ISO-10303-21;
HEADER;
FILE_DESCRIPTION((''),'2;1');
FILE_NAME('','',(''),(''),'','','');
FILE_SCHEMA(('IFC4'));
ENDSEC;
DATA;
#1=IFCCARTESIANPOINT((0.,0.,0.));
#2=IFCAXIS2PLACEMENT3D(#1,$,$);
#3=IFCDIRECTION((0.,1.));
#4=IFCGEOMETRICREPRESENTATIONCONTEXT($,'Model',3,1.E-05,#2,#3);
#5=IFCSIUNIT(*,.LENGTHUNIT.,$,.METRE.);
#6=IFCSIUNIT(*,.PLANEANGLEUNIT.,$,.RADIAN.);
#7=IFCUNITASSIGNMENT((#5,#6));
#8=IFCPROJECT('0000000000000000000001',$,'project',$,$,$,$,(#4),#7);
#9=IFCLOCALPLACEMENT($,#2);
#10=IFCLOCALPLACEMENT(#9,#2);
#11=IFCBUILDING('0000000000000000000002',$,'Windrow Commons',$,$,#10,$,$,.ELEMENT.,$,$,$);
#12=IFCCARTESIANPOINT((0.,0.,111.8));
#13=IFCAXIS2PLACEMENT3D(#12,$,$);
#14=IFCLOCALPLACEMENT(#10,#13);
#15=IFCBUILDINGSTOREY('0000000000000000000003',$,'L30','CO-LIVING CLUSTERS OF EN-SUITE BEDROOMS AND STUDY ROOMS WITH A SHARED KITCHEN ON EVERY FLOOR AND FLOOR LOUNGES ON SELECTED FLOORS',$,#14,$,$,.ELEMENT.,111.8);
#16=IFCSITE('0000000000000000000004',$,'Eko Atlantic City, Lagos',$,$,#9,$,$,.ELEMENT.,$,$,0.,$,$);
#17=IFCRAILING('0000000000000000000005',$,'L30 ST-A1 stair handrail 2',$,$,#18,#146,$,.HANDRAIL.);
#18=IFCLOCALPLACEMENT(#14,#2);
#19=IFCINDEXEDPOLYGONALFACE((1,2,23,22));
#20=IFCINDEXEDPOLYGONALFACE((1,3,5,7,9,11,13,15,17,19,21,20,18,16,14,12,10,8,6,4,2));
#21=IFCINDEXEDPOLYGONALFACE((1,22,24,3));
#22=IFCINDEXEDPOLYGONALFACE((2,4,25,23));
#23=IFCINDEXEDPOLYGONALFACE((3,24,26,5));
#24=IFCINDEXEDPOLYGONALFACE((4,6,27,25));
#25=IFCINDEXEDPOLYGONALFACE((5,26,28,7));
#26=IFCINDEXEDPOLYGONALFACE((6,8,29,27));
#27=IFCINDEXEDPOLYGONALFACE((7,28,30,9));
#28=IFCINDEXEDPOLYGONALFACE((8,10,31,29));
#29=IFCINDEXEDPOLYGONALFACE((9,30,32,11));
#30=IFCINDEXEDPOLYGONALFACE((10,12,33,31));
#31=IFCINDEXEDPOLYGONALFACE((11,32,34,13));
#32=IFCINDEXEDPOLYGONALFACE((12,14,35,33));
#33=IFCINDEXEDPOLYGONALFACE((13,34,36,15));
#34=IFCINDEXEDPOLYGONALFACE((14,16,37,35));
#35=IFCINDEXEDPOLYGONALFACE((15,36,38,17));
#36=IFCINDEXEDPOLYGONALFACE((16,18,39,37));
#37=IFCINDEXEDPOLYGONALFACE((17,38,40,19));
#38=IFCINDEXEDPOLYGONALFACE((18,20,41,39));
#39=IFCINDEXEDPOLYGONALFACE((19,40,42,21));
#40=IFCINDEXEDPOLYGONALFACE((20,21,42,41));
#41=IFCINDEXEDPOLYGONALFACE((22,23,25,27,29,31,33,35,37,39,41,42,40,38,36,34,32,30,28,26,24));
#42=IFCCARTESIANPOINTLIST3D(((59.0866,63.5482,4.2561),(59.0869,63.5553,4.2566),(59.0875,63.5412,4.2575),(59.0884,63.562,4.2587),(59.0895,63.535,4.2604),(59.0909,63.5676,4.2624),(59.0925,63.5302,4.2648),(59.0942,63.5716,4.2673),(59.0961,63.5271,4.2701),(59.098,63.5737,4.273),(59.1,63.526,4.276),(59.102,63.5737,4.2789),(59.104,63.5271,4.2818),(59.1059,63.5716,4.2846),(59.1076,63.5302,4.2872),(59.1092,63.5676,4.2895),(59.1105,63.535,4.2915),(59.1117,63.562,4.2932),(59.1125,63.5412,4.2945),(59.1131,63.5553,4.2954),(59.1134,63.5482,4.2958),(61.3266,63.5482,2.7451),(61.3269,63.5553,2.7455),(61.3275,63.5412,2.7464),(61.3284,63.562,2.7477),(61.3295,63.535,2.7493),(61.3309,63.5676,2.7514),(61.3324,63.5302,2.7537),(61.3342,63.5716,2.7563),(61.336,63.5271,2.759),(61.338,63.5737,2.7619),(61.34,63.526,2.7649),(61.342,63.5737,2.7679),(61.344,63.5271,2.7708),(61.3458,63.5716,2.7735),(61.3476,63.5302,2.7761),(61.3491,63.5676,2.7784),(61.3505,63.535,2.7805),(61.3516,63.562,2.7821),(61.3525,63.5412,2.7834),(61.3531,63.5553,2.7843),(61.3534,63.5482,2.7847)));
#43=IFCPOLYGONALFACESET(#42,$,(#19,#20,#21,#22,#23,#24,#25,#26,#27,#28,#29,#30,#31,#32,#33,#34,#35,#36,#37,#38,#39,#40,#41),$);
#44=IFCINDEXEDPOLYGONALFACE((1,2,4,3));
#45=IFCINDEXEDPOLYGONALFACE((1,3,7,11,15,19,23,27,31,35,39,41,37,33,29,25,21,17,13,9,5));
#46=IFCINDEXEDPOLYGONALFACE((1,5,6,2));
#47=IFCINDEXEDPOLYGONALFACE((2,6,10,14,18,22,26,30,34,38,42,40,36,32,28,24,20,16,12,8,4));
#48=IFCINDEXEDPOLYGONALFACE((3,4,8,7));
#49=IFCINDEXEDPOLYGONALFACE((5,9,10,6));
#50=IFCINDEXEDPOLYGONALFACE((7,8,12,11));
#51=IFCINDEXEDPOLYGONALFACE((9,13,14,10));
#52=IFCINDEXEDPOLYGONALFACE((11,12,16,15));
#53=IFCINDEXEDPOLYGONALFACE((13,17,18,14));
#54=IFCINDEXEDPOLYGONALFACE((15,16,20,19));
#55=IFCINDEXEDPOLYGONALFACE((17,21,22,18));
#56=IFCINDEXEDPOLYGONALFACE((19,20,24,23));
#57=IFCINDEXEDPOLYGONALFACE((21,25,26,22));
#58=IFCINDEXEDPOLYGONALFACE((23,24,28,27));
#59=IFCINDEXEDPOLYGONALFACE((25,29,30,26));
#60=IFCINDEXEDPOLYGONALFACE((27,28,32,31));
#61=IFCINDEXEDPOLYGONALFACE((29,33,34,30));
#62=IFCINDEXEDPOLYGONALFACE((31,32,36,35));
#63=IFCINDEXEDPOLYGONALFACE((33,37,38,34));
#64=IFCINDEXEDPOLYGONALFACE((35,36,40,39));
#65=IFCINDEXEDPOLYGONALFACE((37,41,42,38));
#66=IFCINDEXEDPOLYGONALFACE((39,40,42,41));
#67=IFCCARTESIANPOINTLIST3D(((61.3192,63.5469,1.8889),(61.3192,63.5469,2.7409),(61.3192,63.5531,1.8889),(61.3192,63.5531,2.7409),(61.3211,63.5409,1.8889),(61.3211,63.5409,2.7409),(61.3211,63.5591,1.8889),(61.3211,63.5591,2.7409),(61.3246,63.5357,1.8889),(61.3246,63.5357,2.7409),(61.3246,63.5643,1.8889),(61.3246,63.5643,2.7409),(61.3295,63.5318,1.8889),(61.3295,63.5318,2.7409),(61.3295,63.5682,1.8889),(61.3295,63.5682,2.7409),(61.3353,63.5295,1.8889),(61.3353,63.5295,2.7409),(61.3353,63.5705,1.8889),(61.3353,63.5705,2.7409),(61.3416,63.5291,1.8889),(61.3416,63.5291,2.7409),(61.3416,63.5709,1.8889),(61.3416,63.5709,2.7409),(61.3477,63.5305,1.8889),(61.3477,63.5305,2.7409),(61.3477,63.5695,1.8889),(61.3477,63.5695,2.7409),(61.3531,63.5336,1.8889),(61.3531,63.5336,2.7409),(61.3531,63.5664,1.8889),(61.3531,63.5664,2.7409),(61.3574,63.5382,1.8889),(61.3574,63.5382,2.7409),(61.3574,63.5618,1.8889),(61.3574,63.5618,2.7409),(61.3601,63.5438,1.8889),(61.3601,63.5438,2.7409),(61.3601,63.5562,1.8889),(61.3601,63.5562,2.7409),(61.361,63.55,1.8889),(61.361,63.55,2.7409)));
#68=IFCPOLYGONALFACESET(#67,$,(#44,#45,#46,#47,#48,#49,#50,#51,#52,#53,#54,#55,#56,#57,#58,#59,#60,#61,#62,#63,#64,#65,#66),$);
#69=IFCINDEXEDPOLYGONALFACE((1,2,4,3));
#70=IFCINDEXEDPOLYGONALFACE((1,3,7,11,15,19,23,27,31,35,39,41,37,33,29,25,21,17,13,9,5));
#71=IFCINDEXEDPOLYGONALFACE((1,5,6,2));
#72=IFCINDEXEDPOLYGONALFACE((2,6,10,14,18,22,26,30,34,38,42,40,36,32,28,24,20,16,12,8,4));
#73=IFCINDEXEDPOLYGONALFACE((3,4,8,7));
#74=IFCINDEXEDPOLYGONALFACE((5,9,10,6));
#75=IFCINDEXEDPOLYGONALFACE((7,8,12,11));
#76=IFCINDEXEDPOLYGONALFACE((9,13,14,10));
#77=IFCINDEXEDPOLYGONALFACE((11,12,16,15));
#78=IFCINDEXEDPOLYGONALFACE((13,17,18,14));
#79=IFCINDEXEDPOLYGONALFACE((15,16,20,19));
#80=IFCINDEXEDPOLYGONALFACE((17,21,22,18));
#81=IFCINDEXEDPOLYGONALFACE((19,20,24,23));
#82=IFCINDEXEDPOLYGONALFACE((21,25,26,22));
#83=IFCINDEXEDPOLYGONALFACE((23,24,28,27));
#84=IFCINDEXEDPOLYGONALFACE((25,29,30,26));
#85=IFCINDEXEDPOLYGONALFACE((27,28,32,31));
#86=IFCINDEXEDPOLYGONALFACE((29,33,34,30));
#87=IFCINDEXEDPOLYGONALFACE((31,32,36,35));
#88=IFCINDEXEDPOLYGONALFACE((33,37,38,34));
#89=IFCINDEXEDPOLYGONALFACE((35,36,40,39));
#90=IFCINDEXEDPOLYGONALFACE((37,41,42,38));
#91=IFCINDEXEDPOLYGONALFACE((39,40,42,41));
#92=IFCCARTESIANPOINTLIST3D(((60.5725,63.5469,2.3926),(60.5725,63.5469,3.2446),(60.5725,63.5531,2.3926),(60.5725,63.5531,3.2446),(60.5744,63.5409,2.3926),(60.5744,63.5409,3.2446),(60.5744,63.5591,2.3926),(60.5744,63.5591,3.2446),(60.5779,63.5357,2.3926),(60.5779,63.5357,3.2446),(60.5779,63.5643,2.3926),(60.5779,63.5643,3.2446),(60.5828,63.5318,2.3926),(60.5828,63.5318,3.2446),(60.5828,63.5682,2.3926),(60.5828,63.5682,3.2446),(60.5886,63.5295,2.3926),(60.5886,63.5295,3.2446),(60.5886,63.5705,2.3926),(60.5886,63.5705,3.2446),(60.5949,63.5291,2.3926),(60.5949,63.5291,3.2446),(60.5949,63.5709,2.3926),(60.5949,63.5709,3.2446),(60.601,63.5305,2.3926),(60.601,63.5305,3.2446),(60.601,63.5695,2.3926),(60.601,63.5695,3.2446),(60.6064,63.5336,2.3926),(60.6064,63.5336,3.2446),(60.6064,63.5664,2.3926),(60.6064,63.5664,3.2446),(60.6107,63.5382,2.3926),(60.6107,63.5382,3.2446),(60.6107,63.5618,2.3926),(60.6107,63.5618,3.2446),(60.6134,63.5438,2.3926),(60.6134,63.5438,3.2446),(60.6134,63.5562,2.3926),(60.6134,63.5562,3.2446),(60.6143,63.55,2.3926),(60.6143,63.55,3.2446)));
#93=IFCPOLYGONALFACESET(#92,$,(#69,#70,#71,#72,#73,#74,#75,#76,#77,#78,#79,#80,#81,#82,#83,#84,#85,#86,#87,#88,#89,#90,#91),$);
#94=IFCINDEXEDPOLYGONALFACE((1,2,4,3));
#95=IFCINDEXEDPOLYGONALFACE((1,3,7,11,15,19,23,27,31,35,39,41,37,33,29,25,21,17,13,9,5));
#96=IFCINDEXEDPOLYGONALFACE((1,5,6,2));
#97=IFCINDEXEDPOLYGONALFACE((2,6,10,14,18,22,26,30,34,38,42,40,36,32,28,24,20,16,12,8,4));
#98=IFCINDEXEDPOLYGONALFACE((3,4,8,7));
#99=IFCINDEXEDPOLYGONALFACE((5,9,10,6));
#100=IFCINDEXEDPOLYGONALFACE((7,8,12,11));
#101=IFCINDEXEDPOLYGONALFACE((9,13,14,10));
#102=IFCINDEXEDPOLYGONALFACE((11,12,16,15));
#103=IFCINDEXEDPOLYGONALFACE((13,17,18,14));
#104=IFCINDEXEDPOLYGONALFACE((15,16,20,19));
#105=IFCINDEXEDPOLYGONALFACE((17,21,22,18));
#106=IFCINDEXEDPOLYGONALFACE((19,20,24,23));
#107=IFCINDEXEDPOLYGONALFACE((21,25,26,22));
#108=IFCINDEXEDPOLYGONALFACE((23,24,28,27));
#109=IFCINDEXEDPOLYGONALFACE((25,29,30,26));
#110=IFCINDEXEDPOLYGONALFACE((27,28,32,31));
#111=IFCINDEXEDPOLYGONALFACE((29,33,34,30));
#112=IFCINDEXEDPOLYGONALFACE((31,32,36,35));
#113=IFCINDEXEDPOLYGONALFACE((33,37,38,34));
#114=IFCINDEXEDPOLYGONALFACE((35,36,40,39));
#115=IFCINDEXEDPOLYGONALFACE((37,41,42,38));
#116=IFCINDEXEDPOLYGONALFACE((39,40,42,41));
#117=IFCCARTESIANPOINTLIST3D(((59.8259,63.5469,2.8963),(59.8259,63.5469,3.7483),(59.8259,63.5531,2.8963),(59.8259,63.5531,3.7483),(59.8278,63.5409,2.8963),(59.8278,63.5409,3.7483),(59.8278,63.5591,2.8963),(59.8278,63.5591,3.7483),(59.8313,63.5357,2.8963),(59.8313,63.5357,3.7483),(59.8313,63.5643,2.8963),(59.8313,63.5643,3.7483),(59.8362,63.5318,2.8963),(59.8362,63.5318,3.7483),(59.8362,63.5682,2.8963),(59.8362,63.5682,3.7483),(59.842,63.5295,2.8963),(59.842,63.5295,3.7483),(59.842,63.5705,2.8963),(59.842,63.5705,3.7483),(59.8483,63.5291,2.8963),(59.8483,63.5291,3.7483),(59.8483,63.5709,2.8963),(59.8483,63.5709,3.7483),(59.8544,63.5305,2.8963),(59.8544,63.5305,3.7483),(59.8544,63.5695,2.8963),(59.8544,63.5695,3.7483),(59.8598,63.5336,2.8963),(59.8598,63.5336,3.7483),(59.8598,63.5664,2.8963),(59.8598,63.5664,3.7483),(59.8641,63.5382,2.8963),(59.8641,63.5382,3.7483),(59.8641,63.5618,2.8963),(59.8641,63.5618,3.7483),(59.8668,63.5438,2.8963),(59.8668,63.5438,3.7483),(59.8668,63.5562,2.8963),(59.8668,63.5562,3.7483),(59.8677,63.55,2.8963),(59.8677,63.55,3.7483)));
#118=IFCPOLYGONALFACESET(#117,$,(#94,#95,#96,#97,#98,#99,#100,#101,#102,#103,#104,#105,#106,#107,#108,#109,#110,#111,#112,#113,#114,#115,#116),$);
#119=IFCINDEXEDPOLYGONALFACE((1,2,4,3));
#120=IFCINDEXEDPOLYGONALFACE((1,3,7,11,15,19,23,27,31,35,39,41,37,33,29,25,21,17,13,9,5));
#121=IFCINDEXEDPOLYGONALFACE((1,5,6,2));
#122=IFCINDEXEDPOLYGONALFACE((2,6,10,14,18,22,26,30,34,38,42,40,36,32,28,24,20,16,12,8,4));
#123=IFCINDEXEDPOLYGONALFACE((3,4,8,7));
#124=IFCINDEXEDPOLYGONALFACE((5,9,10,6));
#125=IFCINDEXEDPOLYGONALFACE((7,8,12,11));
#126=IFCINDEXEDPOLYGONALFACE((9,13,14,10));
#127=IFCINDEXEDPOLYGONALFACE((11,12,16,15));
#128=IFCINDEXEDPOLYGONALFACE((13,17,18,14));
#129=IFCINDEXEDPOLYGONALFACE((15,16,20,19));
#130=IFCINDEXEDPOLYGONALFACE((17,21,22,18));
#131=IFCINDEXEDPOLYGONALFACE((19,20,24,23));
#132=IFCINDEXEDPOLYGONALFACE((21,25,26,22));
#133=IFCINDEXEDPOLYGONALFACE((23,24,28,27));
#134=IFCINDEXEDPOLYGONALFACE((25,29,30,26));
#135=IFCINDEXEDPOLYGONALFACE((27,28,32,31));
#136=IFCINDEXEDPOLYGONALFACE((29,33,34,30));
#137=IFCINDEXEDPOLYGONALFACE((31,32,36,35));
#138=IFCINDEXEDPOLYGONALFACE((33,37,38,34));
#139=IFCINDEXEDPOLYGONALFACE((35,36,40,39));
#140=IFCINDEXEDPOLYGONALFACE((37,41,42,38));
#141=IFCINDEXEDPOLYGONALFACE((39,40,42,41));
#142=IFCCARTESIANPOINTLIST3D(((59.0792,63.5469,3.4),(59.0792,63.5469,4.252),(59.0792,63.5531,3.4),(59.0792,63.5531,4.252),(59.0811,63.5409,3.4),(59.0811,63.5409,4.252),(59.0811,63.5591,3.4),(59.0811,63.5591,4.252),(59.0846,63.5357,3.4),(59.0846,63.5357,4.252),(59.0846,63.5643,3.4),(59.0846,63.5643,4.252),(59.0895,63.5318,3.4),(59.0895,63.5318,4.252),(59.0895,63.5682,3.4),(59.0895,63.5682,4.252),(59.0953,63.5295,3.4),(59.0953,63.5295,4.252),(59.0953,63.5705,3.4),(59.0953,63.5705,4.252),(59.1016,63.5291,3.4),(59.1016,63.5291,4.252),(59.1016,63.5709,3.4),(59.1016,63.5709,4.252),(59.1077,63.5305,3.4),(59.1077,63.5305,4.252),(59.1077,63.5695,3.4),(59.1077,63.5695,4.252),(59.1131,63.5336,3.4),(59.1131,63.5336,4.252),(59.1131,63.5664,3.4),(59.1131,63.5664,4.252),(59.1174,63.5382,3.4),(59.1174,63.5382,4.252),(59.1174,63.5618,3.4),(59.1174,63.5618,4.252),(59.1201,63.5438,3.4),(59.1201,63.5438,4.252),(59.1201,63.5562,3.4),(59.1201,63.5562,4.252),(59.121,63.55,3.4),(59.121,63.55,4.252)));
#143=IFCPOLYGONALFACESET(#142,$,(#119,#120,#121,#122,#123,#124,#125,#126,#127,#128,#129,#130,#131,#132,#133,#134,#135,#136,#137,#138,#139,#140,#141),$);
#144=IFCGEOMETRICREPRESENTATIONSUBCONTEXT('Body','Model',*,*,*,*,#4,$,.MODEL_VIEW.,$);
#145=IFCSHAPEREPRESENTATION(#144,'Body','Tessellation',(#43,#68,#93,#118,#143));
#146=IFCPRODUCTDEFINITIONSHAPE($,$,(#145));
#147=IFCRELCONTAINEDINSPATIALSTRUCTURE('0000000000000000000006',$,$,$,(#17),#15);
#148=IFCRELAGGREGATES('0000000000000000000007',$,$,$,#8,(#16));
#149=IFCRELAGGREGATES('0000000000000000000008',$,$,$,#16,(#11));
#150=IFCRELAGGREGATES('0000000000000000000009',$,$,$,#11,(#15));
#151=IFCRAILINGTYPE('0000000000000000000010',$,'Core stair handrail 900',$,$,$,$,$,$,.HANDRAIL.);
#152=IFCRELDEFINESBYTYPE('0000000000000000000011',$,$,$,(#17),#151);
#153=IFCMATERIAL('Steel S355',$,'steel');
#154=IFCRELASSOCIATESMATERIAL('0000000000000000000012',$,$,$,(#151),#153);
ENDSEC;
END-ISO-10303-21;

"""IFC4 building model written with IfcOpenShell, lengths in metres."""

from ifc_helpers import new_model, si_unit, direction, frame, origin, origin_2d, place, context, subcontext, project, spatial, circle, extrude, material, type_object, element, save


model = new_model("IFC4")

# Units and contexts
model_context = context("Model", 3, precision=1e-05, world=origin(), true_north=direction((0.0, 1.0)))
body_context = subcontext(model_context, "Body", "Model", "MODEL_VIEW")
ifc_project = project(units=[si_unit("LENGTHUNIT", "METRE"), si_unit("PLANEANGLEUNIT", "RADIAN")], contexts=[model_context])

# Site, building, storey
site_placement = place(None, origin())
site = spatial("IfcSite", under=ifc_project, at=site_placement, Name="Eko Atlantic City, Lagos", CompositionType="ELEMENT", RefElevation=0.0)
building_placement = place(site_placement, origin())
building = spatial("IfcBuilding", under=site, at=building_placement, Name="Windrow Commons", CompositionType="ELEMENT")
storey_placement = place(building_placement, frame((0.0, 0.0, 111.8)))
storey = spatial("IfcBuildingStorey", under=building, at=storey_placement, Name="L30", Description="CO-LIVING CLUSTERS OF EN-SUITE BEDROOMS AND STUDY ROOMS WITH A SHARED KITCHEN ON EVERY FLOOR AND FLOOR LOUNGES ON SELECTED FLOORS", CompositionType="ELEMENT", Elevation=111.8)

# Railing
ifc_material_1 = material(Name="Steel S355", Category="steel")
railing_type_1 = type_object("IfcRailingType", Name="Core stair handrail 900", PredefinedType="HANDRAIL", material=ifc_material_1)
railing_1_placement = place(storey_placement, frame((61.34, 63.55, 1.8889)))
element("IfcRailing", 1, at=railing_1_placement, inside=storey, type_object=railing_type_1, Name="L30 ST-A1 stair handrail 2", PredefinedType="HANDRAIL", context=body_context, shape_type="SweptSolid", body=[
    extrude(circle(Radius=0.024, at=origin_2d()), frame((0.0, 0.0, 0.876), z_axis=(-0.829003, 0.0, 0.559244), x_axis=(0.0, -1.0, 0.0)), (0.0, 0.0, 1.0), 2.702),
    extrude(circle(Radius=0.021, at=origin_2d()), origin(), (0.0, 0.0, 1.0), 0.852),
    extrude(circle(Radius=0.021, at=origin_2d()), frame((-0.7467, 0.0, 0.5037)), (0.0, 0.0, 1.0), 0.852),
    extrude(circle(Radius=0.021, at=origin_2d()), frame((-1.4933, 0.0, 1.0074)), (0.0, 0.0, 1.0), 0.852),
    extrude(circle(Radius=0.021, at=origin_2d()), frame((-2.24, 0.0, 1.5111)), (0.0, 0.0, 1.0), 0.852),
])

save(model, "model.ifc")
